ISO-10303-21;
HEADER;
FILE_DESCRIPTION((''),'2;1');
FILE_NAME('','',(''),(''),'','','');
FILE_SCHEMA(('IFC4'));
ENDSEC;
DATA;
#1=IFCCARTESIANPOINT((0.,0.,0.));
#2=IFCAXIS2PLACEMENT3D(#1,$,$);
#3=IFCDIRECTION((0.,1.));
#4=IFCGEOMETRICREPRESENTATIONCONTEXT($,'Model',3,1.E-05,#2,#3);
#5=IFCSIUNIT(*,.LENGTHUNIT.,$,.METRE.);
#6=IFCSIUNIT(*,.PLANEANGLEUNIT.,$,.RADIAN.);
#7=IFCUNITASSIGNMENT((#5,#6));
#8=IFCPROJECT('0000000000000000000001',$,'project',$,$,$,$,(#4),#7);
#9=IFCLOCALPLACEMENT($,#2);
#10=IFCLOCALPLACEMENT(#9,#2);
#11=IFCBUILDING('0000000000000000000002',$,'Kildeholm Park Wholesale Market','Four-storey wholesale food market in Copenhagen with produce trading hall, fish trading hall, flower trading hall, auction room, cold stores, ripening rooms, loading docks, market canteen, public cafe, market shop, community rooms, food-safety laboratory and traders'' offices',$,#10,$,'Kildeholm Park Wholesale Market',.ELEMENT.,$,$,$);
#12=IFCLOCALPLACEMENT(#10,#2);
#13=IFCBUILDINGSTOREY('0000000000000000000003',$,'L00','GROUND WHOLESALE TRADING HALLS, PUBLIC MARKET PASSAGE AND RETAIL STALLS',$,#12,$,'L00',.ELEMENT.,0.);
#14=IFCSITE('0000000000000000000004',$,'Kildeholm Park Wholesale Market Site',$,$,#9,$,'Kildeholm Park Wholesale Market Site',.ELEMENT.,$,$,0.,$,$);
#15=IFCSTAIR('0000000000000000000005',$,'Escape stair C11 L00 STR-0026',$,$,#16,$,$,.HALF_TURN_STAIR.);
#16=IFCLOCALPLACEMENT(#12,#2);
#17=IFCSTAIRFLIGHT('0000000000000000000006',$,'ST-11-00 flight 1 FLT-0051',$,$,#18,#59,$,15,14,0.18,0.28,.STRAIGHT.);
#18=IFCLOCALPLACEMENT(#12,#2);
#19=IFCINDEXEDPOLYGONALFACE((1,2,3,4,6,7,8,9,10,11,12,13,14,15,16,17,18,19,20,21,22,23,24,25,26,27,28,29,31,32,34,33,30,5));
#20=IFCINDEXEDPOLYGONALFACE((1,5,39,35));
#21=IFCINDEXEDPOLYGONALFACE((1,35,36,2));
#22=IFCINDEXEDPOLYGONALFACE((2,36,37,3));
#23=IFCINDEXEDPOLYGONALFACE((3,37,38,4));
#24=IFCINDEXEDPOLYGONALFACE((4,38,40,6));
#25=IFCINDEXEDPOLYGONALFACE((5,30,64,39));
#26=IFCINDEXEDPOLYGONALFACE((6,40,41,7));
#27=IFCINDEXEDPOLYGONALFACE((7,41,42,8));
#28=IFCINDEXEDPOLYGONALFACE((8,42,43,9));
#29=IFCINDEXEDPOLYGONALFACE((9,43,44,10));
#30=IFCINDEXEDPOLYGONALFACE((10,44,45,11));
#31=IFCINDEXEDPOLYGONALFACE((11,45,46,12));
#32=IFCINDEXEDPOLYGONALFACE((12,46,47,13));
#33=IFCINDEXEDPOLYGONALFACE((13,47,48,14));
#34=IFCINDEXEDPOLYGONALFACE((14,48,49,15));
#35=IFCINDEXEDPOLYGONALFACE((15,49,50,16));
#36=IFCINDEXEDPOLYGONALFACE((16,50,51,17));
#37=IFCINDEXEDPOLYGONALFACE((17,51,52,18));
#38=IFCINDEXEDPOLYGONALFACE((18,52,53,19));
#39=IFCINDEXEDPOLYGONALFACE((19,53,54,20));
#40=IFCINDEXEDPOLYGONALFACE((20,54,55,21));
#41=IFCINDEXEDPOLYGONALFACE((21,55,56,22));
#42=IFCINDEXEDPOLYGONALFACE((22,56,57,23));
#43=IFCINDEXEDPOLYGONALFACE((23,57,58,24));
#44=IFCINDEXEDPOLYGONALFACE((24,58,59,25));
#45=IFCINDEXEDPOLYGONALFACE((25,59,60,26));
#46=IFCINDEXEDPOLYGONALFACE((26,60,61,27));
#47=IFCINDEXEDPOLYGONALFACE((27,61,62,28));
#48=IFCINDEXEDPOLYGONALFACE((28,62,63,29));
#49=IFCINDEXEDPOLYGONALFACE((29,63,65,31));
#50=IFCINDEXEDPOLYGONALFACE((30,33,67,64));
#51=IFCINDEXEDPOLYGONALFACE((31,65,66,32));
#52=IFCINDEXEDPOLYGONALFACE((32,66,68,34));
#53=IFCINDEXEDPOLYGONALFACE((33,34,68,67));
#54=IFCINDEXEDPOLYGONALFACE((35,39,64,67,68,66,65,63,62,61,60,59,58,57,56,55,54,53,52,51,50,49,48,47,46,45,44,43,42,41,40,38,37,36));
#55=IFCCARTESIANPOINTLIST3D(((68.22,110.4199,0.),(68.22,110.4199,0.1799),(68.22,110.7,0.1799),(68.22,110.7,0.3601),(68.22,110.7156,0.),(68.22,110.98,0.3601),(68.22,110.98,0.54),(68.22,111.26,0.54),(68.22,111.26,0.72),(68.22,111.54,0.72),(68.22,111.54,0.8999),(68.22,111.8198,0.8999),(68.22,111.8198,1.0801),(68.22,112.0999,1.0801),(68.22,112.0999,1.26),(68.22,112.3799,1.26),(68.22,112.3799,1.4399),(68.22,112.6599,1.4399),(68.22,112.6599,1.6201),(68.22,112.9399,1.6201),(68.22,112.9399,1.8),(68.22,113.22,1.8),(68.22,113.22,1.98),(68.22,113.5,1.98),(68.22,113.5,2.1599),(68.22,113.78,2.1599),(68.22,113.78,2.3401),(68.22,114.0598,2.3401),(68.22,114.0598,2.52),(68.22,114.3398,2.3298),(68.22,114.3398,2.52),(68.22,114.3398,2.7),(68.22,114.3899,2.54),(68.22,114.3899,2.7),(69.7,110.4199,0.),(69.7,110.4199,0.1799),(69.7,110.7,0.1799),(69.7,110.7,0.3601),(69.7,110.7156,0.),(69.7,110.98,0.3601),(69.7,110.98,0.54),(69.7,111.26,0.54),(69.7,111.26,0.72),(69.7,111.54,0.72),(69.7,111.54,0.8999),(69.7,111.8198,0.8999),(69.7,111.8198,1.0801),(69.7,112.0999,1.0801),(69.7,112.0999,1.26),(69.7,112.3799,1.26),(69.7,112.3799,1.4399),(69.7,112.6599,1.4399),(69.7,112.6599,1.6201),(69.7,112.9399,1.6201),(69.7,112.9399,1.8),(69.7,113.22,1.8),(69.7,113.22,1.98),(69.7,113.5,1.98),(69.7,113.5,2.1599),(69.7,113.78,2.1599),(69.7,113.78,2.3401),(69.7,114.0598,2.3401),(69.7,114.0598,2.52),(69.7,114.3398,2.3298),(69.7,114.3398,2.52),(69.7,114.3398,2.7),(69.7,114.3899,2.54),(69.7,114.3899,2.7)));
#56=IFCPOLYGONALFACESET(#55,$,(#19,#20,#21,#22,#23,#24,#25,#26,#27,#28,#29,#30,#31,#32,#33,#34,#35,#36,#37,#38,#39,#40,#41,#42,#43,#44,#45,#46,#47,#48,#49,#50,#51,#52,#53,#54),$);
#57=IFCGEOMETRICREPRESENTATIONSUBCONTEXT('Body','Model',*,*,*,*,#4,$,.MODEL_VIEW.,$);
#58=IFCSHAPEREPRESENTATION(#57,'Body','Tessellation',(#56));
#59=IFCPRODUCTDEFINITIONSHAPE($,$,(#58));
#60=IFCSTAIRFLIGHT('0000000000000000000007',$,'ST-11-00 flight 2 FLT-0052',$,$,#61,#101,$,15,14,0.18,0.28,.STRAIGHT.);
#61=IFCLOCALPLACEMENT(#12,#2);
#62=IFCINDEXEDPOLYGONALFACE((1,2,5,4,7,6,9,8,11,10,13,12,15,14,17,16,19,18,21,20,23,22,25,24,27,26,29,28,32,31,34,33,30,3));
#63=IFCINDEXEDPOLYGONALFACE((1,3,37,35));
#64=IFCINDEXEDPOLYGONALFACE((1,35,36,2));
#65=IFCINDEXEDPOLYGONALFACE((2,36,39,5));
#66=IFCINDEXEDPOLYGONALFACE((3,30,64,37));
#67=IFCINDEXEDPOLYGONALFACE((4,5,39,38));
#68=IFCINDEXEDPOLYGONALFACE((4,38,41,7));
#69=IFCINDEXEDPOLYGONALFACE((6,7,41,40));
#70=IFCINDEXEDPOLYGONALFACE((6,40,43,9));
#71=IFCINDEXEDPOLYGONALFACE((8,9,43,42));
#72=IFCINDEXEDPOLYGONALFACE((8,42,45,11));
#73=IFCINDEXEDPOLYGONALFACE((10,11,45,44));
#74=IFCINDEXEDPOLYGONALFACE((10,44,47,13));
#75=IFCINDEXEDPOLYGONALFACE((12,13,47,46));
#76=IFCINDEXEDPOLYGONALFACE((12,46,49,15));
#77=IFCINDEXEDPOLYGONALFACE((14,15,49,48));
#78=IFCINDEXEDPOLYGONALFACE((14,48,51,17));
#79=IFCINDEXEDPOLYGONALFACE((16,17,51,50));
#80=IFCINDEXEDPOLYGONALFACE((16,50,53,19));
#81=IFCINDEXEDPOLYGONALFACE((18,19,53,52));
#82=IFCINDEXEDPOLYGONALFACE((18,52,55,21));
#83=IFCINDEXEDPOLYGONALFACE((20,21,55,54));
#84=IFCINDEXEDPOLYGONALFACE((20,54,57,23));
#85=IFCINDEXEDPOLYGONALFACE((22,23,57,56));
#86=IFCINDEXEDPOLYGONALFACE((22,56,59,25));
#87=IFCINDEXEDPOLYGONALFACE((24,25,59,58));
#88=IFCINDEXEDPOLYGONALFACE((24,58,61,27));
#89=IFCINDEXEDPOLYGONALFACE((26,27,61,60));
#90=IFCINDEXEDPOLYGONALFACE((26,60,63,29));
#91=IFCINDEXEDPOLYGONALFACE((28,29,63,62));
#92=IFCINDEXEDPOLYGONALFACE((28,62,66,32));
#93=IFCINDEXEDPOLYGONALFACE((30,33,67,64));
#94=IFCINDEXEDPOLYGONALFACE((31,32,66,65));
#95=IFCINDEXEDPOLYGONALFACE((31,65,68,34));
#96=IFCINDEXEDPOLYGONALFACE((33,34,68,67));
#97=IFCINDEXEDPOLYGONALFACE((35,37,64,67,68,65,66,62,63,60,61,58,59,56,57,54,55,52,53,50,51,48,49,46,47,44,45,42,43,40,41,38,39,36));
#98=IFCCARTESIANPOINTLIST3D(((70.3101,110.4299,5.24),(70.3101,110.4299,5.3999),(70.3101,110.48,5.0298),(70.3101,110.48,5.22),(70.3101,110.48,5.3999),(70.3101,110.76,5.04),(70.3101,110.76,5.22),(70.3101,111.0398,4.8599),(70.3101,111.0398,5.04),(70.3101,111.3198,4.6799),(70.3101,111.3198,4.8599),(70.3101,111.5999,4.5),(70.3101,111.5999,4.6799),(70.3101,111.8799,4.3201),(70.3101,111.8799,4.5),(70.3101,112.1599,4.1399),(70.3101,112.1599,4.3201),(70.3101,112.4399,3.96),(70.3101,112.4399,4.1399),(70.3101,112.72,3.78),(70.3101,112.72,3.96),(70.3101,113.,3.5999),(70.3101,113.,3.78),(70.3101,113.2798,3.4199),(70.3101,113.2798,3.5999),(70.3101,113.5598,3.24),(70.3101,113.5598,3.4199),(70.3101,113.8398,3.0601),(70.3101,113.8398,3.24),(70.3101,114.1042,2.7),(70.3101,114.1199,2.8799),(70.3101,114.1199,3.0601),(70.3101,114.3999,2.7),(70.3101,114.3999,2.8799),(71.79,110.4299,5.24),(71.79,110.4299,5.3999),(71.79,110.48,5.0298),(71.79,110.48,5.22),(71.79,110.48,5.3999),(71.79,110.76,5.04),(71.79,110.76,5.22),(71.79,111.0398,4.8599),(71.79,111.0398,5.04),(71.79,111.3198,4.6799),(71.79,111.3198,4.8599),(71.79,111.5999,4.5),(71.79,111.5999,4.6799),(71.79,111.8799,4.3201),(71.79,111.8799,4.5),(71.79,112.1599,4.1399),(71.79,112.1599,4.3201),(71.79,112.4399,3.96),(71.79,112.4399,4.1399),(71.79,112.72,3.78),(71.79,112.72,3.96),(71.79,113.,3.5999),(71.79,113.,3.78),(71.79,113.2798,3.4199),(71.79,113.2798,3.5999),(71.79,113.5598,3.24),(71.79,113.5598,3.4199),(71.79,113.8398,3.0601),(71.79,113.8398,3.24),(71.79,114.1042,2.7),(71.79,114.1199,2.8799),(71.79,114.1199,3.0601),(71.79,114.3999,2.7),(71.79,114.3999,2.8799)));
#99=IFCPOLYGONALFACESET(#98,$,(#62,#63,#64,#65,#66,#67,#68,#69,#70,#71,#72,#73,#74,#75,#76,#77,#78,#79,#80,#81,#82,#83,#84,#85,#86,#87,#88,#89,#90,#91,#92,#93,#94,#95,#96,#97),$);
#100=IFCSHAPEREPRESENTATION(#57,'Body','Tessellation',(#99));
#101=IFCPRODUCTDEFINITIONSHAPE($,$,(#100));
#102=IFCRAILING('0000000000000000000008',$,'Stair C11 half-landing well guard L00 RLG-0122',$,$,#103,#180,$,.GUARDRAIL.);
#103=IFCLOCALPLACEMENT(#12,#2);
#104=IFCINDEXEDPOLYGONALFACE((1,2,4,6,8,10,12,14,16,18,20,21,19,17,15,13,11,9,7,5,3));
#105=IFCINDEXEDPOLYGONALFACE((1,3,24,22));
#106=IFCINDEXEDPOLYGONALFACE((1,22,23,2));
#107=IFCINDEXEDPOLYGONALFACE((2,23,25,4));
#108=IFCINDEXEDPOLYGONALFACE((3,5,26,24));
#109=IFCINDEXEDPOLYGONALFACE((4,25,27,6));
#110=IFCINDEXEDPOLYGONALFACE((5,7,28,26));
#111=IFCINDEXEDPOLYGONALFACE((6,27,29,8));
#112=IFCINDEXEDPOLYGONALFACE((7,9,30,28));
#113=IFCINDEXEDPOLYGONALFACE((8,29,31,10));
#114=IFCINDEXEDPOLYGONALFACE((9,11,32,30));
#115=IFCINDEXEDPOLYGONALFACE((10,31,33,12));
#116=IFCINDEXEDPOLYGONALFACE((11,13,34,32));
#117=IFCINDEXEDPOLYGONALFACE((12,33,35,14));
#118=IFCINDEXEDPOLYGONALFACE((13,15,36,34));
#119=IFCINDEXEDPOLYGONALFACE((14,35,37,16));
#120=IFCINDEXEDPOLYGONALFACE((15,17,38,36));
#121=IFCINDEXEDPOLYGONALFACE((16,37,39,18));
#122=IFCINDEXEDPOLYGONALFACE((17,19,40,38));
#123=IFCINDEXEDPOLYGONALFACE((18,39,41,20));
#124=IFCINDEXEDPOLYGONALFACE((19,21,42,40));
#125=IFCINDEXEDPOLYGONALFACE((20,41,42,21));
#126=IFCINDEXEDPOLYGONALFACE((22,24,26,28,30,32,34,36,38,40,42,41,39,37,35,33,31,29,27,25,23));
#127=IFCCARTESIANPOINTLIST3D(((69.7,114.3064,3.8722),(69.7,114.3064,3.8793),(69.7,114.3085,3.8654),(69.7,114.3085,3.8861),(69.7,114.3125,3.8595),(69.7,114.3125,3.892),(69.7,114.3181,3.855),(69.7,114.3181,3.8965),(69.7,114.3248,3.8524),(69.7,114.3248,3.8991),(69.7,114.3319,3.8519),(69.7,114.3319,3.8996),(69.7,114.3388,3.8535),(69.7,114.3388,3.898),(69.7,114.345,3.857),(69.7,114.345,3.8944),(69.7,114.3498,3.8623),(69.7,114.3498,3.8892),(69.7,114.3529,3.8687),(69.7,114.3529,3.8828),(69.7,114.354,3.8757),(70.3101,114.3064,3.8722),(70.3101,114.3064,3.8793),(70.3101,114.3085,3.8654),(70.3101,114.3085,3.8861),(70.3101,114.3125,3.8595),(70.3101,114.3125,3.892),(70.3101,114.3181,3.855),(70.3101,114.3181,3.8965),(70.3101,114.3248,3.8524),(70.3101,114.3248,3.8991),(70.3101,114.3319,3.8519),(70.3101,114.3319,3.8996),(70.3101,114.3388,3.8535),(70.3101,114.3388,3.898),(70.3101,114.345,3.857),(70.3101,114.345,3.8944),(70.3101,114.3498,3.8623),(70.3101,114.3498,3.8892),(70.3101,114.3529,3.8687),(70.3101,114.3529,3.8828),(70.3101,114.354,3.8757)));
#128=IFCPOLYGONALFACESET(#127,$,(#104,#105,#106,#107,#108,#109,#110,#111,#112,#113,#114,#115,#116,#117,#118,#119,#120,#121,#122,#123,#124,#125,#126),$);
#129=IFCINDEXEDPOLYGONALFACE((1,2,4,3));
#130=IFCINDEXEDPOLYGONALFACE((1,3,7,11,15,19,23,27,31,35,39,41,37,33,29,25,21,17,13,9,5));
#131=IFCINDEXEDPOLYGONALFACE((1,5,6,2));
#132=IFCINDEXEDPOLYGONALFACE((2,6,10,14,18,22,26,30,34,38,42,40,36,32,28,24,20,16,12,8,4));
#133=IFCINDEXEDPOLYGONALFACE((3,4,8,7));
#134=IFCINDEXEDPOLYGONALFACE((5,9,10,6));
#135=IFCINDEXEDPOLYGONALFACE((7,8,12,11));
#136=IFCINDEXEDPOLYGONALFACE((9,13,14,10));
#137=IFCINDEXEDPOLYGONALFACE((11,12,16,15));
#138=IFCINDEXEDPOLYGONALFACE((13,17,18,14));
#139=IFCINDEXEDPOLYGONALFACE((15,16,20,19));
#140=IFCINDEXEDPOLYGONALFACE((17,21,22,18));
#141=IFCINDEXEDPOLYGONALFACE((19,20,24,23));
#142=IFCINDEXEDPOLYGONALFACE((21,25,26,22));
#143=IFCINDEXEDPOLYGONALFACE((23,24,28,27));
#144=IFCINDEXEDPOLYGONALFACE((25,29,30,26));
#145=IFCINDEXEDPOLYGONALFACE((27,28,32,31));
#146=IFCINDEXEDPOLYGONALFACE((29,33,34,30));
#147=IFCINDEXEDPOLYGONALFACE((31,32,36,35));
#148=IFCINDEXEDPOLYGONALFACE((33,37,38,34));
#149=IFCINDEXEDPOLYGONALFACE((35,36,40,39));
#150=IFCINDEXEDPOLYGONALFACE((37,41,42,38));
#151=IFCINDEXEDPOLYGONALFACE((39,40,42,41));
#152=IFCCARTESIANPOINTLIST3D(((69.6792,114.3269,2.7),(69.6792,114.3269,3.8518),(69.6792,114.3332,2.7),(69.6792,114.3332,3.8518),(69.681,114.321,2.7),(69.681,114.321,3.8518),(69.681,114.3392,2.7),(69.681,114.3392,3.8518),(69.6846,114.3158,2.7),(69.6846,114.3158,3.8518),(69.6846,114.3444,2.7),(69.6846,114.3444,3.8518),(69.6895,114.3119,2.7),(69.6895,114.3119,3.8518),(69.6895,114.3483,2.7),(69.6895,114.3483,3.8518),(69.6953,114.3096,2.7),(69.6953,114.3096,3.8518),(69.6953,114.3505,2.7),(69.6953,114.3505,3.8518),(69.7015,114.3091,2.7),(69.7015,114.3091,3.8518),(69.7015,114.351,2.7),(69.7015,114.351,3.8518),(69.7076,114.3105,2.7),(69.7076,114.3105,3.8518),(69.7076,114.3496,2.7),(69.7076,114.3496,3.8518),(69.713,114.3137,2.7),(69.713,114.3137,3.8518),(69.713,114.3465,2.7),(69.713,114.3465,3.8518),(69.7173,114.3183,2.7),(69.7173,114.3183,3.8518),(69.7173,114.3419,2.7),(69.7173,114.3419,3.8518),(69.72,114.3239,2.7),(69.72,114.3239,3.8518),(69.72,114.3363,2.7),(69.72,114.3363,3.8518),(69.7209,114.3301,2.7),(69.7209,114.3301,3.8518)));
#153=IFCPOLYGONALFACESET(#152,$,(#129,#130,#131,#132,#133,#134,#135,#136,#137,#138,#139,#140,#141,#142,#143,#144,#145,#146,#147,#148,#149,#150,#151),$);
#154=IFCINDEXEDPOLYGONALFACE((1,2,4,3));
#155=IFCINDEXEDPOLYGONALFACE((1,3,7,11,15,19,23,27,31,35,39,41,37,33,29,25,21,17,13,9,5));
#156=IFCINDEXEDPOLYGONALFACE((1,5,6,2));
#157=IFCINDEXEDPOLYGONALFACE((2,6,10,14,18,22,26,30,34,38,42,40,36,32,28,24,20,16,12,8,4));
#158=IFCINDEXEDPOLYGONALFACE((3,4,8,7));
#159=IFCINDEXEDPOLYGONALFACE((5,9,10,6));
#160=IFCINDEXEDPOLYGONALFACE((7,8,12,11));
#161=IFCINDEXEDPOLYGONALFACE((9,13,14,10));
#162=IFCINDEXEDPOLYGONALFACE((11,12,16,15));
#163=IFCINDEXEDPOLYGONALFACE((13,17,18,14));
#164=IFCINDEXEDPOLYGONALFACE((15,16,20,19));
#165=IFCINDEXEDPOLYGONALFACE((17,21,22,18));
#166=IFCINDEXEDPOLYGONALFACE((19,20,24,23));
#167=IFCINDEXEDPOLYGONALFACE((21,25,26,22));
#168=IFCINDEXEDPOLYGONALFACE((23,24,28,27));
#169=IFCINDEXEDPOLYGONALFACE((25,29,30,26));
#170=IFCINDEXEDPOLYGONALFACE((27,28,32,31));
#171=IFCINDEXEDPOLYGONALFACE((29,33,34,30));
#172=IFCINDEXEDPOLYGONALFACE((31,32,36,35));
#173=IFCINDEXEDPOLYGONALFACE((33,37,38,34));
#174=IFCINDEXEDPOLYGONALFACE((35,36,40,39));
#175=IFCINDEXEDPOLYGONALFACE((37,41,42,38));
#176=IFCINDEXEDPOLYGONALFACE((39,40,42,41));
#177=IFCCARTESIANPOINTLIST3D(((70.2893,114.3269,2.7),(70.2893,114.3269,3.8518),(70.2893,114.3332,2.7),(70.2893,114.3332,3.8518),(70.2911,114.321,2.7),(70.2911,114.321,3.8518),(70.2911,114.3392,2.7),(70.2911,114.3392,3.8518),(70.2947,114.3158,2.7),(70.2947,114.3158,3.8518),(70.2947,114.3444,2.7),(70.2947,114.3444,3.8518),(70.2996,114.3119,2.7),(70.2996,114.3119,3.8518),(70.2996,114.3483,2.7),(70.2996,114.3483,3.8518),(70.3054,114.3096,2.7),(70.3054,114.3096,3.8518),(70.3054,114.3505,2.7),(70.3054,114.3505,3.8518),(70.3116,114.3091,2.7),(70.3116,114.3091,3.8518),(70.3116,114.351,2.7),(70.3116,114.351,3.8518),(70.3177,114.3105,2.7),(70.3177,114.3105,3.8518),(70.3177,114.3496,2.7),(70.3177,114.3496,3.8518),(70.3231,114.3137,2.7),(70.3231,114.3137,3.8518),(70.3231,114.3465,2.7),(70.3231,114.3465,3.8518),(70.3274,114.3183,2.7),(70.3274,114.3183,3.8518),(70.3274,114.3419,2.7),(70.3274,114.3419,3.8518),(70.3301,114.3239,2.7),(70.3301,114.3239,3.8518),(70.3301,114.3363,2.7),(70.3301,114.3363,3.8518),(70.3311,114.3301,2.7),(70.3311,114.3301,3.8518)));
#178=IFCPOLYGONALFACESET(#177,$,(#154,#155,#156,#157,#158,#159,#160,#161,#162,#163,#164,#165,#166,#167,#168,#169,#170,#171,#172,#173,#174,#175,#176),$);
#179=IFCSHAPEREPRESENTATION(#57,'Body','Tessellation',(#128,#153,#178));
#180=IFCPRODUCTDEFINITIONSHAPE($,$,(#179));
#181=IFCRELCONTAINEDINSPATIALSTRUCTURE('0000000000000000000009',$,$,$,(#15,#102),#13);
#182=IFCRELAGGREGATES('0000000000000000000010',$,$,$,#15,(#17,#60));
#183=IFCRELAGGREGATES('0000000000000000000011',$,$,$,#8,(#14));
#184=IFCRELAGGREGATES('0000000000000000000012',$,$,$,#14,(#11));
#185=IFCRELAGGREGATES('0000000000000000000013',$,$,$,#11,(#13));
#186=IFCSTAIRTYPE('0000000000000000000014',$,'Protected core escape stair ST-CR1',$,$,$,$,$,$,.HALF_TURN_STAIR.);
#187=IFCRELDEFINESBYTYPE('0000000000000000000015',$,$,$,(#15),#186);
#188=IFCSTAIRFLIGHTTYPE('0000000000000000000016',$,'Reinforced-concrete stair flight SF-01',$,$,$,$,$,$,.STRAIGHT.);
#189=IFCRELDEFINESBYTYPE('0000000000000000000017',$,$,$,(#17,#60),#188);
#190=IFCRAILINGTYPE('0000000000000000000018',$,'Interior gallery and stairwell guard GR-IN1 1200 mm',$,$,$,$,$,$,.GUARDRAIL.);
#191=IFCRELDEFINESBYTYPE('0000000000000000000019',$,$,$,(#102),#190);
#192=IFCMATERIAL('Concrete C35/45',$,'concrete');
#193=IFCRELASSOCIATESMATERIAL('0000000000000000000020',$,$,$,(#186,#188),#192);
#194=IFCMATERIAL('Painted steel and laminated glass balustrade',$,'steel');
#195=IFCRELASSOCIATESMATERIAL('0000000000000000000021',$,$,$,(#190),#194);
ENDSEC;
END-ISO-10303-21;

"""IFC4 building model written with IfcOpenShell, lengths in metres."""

from ifc_helpers import new_model, si_unit, direction, frame, origin, origin_2d, place, context, subcontext, project, spatial, polyline, circle, outline, extrude, material, type_object, element, aggregate, save


model = new_model("IFC4")

# Units and contexts
model_context = context("Model", 3, precision=1e-05, world=origin(), true_north=direction((0.0, 1.0)))
body_context = subcontext(model_context, "Body", "Model", "MODEL_VIEW")
ifc_project = project(units=[si_unit("LENGTHUNIT", "METRE"), si_unit("PLANEANGLEUNIT", "RADIAN")], contexts=[model_context])

# Site, building, storey
site_placement = place(None, origin())
site = spatial("IfcSite", under=ifc_project, at=site_placement, Name="Kildeholm Park Wholesale Market Site", LongName="Kildeholm Park Wholesale Market Site", CompositionType="ELEMENT", RefElevation=0.0)
building_placement = place(site_placement, origin())
building = spatial("IfcBuilding", under=site, at=building_placement, Name="Kildeholm Park Wholesale Market", Description="Four-storey wholesale food market in Copenhagen with produce trading hall, fish trading hall, flower trading hall, auction room, cold stores, ripening rooms, loading docks, market canteen, public cafe, market shop, community rooms, food-safety laboratory and traders' offices", LongName="Kildeholm Park Wholesale Market", CompositionType="ELEMENT")
storey_placement = place(building_placement, origin())
storey = spatial("IfcBuildingStorey", under=building, at=storey_placement, Name="L00", Description="GROUND WHOLESALE TRADING HALLS, PUBLIC MARKET PASSAGE AND RETAIL STALLS", LongName="L00", CompositionType="ELEMENT", Elevation=0.0)

# Shared definitions
ifc_material_1 = material(Name="Concrete C35/45", Category="concrete")

# Stair, stair flights
stair_type = type_object("IfcStairType", Name="Protected core escape stair ST-CR1", PredefinedType="HALF_TURN_STAIR", material=ifc_material_1)
stair_placement = place(storey_placement, origin())
stair = element("IfcStair", 1, at=stair_placement, inside=storey, type_object=stair_type, Name="Escape stair C11 L00 STR-0026", PredefinedType="HALF_TURN_STAIR")
stair_flight_type = type_object("IfcStairFlightType", Name="Reinforced-concrete stair flight SF-01", PredefinedType="STRAIGHT", material=ifc_material_1)
stair_flight_1_placement = place(storey_placement, frame((68.96, 110.4199, 0.0), z_axis=(0.0, 0.0, 1.0), x_axis=(0.0, 1.0, 0.0)))
stair_flight_1 = element("IfcStairFlight", 2, at=stair_flight_1_placement, type_object=stair_flight_type, Name="ST-11-00 flight 1 FLT-0051", NumberOfRisers=15, NumberOfTreads=14, PredefinedType="STRAIGHT", RiserHeight=0.18, TreadLength=0.28, context=body_context, shape_type="SweptSolid", body=[
    extrude(outline(polyline([(0.0, 0.0), (0.0, 0.1799), (0.28, 0.1799), (0.28, 0.3601), (0.5601, 0.3601), (0.5601, 0.54), (0.8401, 0.54), (0.8401, 0.72), (1.1201, 0.72), (1.1201, 0.8999), (1.3999, 0.8999), (1.3999, 1.0801), (1.6799, 1.0801), (1.6799, 1.26), (1.96, 1.26), (1.96, 1.4399), (2.24, 1.4399), (2.24, 1.6201), (2.52, 1.6201), (2.52, 1.8), (2.8, 1.8), (2.8, 1.98), (3.0801, 1.98), (3.0801, 2.1599), (3.3601, 2.1599), (3.3601, 2.3401), (3.6399, 2.3401), (3.6399, 2.52), (3.9199, 2.52), (3.9199, 2.7), (3.97, 2.7), (3.97, 2.54), (3.9199, 2.3298), (0.2957, 0.0), (0.0, 0.0)])), frame((0.0, 0.74, 0.0), z_axis=(0.0, -1.0, 0.0), x_axis=(1.0, 0.0, 0.0)), (0.0, 0.0, 1.0), 1.48),
])
stair_flight_2_placement = place(storey_placement, frame((71.05, 114.3999, 2.7), z_axis=(0.0, 0.0, 1.0), x_axis=(0.0, -1.0, 0.0)))
stair_flight_2 = element("IfcStairFlight", 3, at=stair_flight_2_placement, type_object=stair_flight_type, Name="ST-11-00 flight 2 FLT-0052", NumberOfRisers=15, NumberOfTreads=14, PredefinedType="STRAIGHT", RiserHeight=0.18, TreadLength=0.28, context=body_context, shape_type="SweptSolid", body=[
    extrude(outline(polyline([(0.0, 0.0), (0.0, 0.1799), (0.28, 0.1799), (0.28, 0.3601), (0.5601, 0.3601), (0.5601, 0.54), (0.8401, 0.54), (0.8401, 0.72), (1.1201, 0.72), (1.1201, 0.8999), (1.3999, 0.8999), (1.3999, 1.0801), (1.6799, 1.0801), (1.6799, 1.26), (1.96, 1.26), (1.96, 1.4399), (2.24, 1.4399), (2.24, 1.6201), (2.52, 1.6201), (2.52, 1.8), (2.8, 1.8), (2.8, 1.98), (3.0801, 1.98), (3.0801, 2.1599), (3.3601, 2.1599), (3.3601, 2.3401), (3.6399, 2.3401), (3.6399, 2.52), (3.9199, 2.52), (3.9199, 2.7), (3.97, 2.7), (3.97, 2.54), (3.9199, 2.3298), (0.2957, 0.0), (0.0, 0.0)])), frame((0.0, 0.74, 0.0), z_axis=(0.0, -1.0, 0.0), x_axis=(1.0, 0.0, 0.0)), (0.0, 0.0, 1.0), 1.48),
])
aggregate(stair, [stair_flight_1, stair_flight_2])

# Railing
ifc_material_2 = material(Name="Painted steel and laminated glass balustrade", Category="steel")
railing_type_1 = type_object("IfcRailingType", Name="Interior gallery and stairwell guard GR-IN1 1200 mm", PredefinedType="GUARDRAIL", material=ifc_material_2)
railing_1_placement = place(storey_placement, frame((69.7, 114.3301, 2.7)))
element("IfcRailing", 4, at=railing_1_placement, inside=storey, type_object=railing_type_1, Name="Stair C11 half-landing well guard L00 RLG-0122", PredefinedType="GUARDRAIL", context=body_context, shape_type="SweptSolid", body=[
    extrude(circle(Radius=0.0239, at=origin_2d()), frame((0.0, 0.0, 1.1758), z_axis=(1.0, 0.0, 0.0), x_axis=(0.0, 1.0, 0.0)), (0.0, 0.0, 1.0), 0.6101),
    extrude(circle(Radius=0.021, at=origin_2d()), origin(), (0.0, 0.0, 1.0), 1.1519),
    extrude(circle(Radius=0.021, at=origin_2d()), frame((0.6101, 0.0, 0.0)), (0.0, 0.0, 1.0), 1.1519),
])

save(model, "model.ifc")
